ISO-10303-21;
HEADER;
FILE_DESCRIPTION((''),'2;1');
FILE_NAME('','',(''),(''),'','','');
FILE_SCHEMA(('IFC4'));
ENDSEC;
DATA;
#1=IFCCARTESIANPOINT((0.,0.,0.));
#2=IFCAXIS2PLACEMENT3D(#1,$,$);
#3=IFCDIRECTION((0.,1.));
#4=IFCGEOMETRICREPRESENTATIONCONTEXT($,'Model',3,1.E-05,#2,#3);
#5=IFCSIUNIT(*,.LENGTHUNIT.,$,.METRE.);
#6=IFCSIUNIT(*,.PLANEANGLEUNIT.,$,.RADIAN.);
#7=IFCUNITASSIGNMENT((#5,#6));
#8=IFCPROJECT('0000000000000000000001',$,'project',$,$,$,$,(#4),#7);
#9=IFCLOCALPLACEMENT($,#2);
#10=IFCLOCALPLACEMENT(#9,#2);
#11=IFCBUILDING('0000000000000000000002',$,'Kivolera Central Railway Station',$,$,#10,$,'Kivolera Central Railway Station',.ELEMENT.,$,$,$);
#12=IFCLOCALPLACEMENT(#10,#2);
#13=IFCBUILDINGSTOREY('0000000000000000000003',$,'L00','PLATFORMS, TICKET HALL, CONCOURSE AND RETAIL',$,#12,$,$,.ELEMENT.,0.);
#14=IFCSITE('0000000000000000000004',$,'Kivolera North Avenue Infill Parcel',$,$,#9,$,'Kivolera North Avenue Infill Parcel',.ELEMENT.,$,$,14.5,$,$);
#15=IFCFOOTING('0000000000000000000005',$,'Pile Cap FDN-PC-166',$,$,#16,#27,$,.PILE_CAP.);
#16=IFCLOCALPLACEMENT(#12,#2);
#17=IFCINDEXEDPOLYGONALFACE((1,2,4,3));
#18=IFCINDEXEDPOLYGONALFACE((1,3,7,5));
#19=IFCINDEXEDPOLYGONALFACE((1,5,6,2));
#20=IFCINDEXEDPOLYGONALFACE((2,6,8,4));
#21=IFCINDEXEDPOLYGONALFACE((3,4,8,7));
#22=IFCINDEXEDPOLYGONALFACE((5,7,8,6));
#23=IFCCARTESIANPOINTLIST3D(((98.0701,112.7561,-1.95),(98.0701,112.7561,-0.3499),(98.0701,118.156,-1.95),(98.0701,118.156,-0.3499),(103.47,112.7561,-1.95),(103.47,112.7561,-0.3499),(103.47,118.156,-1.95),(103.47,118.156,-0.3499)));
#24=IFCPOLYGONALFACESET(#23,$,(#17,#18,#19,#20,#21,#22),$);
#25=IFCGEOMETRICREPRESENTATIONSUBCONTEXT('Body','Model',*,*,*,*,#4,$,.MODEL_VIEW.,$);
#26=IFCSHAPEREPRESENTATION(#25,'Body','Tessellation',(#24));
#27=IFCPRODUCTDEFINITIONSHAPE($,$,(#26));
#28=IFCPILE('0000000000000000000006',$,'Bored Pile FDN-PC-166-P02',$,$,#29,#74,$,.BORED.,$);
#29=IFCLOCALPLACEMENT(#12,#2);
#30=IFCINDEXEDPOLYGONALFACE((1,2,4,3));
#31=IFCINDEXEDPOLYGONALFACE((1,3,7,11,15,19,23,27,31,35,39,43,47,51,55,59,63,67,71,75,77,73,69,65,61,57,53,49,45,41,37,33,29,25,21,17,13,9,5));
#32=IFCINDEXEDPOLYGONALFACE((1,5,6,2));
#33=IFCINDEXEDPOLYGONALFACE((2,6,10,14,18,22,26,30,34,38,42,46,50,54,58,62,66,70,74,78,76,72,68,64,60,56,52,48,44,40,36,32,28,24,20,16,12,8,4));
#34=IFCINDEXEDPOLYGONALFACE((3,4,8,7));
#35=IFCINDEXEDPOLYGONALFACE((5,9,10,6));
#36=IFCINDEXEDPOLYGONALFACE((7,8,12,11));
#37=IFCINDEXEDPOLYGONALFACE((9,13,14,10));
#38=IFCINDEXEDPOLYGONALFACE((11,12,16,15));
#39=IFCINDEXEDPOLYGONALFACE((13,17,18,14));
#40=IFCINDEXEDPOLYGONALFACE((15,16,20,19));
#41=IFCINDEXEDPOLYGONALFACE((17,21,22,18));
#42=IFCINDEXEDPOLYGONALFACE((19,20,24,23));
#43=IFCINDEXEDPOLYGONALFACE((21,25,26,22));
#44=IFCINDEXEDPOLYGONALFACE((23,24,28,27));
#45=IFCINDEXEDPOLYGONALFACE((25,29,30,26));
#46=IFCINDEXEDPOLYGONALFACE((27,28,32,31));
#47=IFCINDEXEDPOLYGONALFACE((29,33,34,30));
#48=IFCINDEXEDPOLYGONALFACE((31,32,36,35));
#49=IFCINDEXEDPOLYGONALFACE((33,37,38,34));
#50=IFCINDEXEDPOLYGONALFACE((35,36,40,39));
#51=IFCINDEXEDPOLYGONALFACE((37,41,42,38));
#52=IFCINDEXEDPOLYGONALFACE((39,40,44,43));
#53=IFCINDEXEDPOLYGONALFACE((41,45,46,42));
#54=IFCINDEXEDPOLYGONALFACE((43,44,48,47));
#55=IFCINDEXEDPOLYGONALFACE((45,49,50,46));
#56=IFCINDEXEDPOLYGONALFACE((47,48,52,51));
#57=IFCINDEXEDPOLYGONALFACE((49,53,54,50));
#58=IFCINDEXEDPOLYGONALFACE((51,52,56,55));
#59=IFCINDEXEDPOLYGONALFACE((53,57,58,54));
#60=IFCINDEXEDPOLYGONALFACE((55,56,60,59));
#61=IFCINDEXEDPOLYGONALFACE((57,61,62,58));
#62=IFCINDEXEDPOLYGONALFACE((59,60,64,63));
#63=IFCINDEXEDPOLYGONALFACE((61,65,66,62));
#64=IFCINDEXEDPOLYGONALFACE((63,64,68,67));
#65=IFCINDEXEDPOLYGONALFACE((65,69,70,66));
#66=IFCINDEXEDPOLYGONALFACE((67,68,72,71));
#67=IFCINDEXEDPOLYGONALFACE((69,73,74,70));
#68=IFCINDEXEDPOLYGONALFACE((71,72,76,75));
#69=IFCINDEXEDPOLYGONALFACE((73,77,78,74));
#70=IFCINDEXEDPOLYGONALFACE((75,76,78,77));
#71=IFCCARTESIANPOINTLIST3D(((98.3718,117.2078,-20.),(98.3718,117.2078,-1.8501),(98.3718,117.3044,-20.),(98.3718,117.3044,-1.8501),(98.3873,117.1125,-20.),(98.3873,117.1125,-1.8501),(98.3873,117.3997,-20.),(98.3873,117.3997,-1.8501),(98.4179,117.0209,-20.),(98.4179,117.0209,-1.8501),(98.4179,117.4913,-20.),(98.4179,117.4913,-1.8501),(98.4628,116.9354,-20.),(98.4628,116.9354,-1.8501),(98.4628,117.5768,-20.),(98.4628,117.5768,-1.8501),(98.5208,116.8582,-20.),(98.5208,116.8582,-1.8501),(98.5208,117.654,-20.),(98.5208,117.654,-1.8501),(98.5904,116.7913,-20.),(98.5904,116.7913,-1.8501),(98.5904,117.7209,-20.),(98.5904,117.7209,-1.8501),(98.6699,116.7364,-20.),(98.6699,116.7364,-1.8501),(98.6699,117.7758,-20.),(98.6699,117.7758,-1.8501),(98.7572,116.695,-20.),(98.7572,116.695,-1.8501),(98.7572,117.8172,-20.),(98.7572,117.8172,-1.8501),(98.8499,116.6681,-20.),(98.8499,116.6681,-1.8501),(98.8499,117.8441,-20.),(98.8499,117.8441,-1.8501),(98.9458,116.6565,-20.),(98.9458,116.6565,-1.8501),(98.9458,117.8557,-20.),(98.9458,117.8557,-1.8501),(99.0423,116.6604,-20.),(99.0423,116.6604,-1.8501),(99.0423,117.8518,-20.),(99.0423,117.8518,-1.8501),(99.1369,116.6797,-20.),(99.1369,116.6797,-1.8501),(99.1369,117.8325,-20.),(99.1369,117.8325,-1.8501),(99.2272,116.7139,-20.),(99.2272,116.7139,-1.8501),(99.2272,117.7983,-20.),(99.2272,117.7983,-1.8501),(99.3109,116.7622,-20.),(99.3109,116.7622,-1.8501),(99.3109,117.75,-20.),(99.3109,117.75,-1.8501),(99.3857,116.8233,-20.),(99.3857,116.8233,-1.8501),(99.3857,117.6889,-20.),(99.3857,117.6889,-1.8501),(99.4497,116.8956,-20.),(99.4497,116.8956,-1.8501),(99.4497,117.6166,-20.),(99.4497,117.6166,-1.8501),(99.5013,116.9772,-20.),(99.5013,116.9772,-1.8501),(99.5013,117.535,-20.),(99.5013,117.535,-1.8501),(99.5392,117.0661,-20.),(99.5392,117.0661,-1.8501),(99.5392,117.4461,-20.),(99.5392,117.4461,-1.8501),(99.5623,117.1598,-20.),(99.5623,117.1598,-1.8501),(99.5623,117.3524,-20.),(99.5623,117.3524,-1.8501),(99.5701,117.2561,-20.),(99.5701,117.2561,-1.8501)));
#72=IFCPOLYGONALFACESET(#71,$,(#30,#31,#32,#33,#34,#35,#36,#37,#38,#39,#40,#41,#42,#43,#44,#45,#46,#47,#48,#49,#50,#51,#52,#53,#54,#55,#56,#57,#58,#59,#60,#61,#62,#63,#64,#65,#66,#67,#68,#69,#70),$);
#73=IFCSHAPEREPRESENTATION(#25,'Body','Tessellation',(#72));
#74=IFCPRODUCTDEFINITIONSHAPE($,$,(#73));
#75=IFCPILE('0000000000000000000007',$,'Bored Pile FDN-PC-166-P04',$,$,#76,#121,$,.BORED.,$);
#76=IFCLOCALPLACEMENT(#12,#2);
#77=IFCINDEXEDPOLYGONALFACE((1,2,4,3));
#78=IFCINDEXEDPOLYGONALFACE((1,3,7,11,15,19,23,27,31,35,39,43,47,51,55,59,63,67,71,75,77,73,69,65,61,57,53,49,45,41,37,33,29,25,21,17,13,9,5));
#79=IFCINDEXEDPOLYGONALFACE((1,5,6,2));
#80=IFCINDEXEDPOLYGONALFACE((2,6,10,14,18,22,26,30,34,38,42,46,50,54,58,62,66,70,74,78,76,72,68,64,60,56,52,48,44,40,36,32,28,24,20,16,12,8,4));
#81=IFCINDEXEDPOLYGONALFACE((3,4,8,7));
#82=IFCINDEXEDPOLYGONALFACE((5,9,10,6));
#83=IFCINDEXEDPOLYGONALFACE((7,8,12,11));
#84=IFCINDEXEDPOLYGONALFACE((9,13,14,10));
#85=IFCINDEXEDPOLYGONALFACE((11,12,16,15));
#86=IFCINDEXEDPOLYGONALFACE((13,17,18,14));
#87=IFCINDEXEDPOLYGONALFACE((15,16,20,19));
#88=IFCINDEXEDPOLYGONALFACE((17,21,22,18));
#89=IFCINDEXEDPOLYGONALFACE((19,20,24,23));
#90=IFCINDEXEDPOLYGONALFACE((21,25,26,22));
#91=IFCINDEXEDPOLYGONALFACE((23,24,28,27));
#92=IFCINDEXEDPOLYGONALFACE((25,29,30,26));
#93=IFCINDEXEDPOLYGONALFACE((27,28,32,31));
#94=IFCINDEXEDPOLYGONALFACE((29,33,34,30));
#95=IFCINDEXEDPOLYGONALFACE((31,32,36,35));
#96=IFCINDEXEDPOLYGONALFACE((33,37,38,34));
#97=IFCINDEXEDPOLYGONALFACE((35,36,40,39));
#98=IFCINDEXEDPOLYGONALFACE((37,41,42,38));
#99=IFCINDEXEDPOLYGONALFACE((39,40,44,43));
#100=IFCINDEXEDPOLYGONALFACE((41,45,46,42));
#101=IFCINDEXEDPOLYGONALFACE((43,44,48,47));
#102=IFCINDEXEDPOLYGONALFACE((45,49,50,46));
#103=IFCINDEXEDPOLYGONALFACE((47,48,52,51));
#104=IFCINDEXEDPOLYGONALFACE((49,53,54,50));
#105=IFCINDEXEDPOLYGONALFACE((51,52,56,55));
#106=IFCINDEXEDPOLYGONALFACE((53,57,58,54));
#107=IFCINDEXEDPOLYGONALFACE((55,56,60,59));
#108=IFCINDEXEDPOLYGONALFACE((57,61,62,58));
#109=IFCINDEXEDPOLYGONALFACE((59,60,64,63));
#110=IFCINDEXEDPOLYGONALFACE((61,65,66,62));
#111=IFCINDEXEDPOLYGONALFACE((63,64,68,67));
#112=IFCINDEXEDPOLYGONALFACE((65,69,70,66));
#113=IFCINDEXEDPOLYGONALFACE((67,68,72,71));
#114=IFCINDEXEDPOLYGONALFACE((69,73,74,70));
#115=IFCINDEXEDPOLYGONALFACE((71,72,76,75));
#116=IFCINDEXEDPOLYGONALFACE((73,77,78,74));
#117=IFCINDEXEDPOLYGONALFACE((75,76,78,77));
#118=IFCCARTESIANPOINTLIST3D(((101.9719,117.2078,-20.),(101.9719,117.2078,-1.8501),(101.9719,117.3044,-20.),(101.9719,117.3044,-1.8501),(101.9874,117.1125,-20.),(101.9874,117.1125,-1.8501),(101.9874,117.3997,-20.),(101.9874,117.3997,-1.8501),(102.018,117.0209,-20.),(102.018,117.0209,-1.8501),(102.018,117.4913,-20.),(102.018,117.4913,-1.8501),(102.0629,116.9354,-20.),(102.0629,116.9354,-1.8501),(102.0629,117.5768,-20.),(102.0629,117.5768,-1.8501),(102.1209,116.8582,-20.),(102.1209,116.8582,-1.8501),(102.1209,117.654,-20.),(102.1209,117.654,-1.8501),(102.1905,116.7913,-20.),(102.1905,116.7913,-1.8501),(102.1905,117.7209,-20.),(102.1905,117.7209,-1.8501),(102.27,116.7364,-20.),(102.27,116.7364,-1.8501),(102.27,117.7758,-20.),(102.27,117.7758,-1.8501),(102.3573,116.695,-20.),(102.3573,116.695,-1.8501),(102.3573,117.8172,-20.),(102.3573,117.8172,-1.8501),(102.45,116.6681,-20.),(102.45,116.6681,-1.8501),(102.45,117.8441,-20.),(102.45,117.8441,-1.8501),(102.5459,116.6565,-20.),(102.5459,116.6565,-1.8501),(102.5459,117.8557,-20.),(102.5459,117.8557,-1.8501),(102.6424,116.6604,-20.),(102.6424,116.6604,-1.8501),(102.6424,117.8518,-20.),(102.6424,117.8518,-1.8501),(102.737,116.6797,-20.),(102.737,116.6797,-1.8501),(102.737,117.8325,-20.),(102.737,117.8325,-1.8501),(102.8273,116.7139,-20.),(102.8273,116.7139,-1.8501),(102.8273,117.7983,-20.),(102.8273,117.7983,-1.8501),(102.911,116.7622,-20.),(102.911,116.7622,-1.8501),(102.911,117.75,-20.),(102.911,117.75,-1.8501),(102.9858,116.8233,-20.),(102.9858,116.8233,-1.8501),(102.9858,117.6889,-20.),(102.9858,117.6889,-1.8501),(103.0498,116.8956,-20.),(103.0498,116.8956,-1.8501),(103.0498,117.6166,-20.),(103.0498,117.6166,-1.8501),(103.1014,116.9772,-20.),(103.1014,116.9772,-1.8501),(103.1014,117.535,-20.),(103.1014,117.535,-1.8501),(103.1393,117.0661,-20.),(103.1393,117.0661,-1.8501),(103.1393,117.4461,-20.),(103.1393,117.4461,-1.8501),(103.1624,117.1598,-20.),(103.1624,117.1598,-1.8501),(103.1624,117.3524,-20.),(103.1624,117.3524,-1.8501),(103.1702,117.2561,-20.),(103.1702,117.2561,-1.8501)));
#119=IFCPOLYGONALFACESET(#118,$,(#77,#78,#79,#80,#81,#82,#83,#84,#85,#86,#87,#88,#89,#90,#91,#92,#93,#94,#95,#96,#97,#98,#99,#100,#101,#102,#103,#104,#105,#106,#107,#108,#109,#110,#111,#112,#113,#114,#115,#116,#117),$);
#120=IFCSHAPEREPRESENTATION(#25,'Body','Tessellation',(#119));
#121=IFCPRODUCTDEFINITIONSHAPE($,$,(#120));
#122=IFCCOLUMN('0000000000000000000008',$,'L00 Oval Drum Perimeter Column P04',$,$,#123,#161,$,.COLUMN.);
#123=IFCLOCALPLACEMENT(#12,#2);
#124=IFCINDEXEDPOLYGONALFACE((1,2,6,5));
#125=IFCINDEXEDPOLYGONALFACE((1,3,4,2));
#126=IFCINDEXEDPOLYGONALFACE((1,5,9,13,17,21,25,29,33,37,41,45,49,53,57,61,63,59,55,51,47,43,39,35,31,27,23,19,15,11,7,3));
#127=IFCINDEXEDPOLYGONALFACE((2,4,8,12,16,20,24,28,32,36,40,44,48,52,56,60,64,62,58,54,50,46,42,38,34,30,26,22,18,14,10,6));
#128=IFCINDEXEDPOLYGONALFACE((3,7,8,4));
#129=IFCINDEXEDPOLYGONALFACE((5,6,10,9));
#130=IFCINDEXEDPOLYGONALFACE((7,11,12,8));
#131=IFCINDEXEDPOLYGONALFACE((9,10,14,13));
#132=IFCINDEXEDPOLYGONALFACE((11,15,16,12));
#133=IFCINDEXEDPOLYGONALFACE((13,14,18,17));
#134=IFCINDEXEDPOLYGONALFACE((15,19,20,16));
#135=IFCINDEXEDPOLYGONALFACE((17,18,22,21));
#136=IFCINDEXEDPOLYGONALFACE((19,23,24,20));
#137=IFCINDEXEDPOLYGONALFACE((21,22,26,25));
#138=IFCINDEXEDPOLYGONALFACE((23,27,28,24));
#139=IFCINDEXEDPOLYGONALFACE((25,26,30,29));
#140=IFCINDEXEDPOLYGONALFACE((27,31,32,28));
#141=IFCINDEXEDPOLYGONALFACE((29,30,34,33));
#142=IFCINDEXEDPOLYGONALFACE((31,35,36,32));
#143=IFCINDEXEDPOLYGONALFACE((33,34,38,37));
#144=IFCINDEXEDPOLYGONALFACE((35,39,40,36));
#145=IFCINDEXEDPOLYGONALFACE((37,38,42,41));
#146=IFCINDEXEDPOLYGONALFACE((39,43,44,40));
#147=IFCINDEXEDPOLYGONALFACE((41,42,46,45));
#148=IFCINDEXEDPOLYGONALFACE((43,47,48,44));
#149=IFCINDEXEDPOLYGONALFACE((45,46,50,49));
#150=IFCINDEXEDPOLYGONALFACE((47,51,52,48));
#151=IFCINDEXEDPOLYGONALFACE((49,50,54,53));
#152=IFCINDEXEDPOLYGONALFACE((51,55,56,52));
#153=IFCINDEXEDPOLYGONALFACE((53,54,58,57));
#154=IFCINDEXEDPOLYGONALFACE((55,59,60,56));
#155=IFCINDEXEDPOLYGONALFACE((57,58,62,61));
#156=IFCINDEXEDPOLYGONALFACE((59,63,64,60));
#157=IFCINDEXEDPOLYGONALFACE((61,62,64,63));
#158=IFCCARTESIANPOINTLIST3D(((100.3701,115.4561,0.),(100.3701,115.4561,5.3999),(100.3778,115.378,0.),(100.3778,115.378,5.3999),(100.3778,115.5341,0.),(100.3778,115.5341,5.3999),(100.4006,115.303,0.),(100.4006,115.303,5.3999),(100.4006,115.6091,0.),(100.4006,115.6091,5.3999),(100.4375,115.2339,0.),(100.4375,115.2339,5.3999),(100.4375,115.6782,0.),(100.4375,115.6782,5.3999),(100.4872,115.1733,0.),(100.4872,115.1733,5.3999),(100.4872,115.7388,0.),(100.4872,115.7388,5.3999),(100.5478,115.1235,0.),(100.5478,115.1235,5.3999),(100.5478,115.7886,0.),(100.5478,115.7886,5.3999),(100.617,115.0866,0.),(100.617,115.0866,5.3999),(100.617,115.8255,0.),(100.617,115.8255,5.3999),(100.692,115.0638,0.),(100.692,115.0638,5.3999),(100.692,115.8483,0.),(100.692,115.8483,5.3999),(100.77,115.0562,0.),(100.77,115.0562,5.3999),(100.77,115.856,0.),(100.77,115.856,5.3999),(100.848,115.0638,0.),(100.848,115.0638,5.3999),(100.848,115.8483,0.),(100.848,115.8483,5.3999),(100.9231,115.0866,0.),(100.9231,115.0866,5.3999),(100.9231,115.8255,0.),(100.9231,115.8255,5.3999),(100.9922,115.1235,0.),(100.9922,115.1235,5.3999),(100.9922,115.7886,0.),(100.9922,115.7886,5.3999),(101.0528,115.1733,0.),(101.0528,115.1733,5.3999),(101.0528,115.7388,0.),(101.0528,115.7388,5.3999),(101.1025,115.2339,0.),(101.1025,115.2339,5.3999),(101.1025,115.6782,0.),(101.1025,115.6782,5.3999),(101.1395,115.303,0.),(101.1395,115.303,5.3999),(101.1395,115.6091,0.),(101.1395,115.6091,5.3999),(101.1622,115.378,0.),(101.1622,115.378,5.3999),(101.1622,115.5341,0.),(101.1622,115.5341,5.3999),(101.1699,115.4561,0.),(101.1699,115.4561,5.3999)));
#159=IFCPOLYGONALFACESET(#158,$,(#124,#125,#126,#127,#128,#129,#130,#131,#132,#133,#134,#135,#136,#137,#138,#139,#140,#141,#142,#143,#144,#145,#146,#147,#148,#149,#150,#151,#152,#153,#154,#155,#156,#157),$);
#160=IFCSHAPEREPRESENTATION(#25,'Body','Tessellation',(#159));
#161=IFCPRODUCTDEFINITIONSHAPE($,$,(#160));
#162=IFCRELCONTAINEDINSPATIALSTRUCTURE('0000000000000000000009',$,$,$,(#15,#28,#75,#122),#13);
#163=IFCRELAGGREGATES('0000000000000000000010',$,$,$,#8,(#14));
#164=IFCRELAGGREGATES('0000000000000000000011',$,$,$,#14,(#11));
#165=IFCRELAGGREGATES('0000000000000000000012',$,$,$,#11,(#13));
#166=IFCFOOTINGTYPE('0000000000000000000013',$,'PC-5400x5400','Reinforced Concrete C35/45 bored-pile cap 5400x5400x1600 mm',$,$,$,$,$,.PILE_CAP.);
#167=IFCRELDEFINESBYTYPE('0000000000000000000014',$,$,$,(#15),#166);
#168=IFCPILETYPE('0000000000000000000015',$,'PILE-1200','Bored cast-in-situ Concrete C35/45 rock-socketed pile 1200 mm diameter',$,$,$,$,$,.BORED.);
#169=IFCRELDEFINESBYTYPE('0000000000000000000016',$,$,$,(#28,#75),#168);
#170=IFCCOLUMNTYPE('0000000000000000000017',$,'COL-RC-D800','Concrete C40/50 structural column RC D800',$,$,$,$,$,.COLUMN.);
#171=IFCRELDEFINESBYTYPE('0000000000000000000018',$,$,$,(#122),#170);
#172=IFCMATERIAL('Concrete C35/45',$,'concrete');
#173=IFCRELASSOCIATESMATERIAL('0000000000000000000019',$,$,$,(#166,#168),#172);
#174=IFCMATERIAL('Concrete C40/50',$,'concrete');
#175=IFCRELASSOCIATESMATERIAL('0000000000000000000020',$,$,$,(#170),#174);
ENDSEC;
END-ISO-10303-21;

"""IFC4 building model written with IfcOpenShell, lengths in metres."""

from ifc_helpers import new_model, si_unit, direction, frame, origin, origin_2d, place, context, subcontext, project, spatial, rectangle, circle, extrude, material, material_profile, profile_set, type_object, element, save


model = new_model("IFC4")

# Units and contexts
model_context = context("Model", 3, precision=1e-05, world=origin(), true_north=direction((0.0, 1.0)))
body_context = subcontext(model_context, "Body", "Model", "MODEL_VIEW")
ifc_project = project(units=[si_unit("LENGTHUNIT", "METRE"), si_unit("PLANEANGLEUNIT", "RADIAN")], contexts=[model_context])

# Site, building, storey
site_placement = place(None, origin())
site = spatial("IfcSite", under=ifc_project, at=site_placement, Name="Kivolera North Avenue Infill Parcel", LongName="Kivolera North Avenue Infill Parcel", CompositionType="ELEMENT", RefElevation=14.5)
building_placement = place(site_placement, origin())
building = spatial("IfcBuilding", under=site, at=building_placement, Name="Kivolera Central Railway Station", LongName="Kivolera Central Railway Station", CompositionType="ELEMENT")
storey_placement = place(building_placement, origin())
storey = spatial("IfcBuildingStorey", under=building, at=storey_placement, Name="L00", Description="PLATFORMS, TICKET HALL, CONCOURSE AND RETAIL", CompositionType="ELEMENT", Elevation=0.0)

# Footing
ifc_material_1 = material(Name="Concrete C35/45", Category="concrete")
footing_type = type_object("IfcFootingType", Name="PC-5400x5400", Description="Reinforced Concrete C35/45 bored-pile cap 5400x5400x1600 mm", PredefinedType="PILE_CAP", material=ifc_material_1)
footing_placement = place(storey_placement, frame((100.77, 115.4561, -1.95), z_axis=(0.0, 0.0, 1.0), x_axis=(1.0, 0.0, 0.0)))
element("IfcFooting", 1, at=footing_placement, inside=storey, type_object=footing_type, Name="Pile Cap FDN-PC-166", PredefinedType="PILE_CAP", context=body_context, shape_type="SweptSolid", body=[
    extrude(rectangle(XDim=5.3999, YDim=5.3999, at=origin_2d()), origin(), (0.0, 0.0, 1.0), 1.6001),
])

# Piles
ifc_material_profile_1 = material_profile(ifc_material_1, circle(Radius=0.6001, at=origin_2d()), Name="PILE D1200")
ifc_profile_set_1 = profile_set([ifc_material_profile_1], Name="Concrete C35/45")
pile_type = type_object("IfcPileType", Name="PILE-1200", Description="Bored cast-in-situ Concrete C35/45 rock-socketed pile 1200 mm diameter", PredefinedType="BORED", material=ifc_profile_set_1)
for number, where, z_axis, x_axis, name in (
    (2, (98.97, 117.2561, -1.8501), (0.0, 0.0, -1.0), (1.0, 0.0, 0.0), "Bored Pile FDN-PC-166-P02"),
    (3, (102.5701, 117.2561, -1.8501), (0.0, 0.0, -1.0), (1.0, 0.0, 0.0), "Bored Pile FDN-PC-166-P04"),
):
    element("IfcPile", number, at=place(storey_placement, frame(where, z_axis=z_axis, x_axis=x_axis)), inside=storey, type_object=pile_type, Name=name, PredefinedType="BORED", context=body_context, shape_type="SweptSolid", body=[
        extrude(circle(Radius=0.6001, at=origin_2d()), origin(), (0.0, 0.0, 1.0), 18.1499),
    ])

# Column
ifc_material_2 = material(Name="Concrete C40/50", Category="concrete")
ifc_material_profile_2 = material_profile(ifc_material_2, circle(Radius=0.3999, at=origin_2d()), Name="RC D800")
ifc_profile_set_2 = profile_set([ifc_material_profile_2], Name="Concrete C40/50")
column_type = type_object("IfcColumnType", Name="COL-RC-D800", Description="Concrete C40/50 structural column RC D800", PredefinedType="COLUMN", material=ifc_profile_set_2)
column_placement = place(storey_placement, frame((100.77, 115.4561, 0.0), z_axis=(0.0, 0.0, 1.0), x_axis=(1.0, 0.0, 0.0)))
element("IfcColumn", 4, at=column_placement, inside=storey, type_object=column_type, Name="L00 Oval Drum Perimeter Column P04", PredefinedType="COLUMN", context=body_context, shape_type="SweptSolid", body=[
    extrude(circle(Radius=0.3999, at=origin_2d()), origin(), (0.0, 0.0, 1.0), 5.3999),
])

save(model, "model.ifc")
